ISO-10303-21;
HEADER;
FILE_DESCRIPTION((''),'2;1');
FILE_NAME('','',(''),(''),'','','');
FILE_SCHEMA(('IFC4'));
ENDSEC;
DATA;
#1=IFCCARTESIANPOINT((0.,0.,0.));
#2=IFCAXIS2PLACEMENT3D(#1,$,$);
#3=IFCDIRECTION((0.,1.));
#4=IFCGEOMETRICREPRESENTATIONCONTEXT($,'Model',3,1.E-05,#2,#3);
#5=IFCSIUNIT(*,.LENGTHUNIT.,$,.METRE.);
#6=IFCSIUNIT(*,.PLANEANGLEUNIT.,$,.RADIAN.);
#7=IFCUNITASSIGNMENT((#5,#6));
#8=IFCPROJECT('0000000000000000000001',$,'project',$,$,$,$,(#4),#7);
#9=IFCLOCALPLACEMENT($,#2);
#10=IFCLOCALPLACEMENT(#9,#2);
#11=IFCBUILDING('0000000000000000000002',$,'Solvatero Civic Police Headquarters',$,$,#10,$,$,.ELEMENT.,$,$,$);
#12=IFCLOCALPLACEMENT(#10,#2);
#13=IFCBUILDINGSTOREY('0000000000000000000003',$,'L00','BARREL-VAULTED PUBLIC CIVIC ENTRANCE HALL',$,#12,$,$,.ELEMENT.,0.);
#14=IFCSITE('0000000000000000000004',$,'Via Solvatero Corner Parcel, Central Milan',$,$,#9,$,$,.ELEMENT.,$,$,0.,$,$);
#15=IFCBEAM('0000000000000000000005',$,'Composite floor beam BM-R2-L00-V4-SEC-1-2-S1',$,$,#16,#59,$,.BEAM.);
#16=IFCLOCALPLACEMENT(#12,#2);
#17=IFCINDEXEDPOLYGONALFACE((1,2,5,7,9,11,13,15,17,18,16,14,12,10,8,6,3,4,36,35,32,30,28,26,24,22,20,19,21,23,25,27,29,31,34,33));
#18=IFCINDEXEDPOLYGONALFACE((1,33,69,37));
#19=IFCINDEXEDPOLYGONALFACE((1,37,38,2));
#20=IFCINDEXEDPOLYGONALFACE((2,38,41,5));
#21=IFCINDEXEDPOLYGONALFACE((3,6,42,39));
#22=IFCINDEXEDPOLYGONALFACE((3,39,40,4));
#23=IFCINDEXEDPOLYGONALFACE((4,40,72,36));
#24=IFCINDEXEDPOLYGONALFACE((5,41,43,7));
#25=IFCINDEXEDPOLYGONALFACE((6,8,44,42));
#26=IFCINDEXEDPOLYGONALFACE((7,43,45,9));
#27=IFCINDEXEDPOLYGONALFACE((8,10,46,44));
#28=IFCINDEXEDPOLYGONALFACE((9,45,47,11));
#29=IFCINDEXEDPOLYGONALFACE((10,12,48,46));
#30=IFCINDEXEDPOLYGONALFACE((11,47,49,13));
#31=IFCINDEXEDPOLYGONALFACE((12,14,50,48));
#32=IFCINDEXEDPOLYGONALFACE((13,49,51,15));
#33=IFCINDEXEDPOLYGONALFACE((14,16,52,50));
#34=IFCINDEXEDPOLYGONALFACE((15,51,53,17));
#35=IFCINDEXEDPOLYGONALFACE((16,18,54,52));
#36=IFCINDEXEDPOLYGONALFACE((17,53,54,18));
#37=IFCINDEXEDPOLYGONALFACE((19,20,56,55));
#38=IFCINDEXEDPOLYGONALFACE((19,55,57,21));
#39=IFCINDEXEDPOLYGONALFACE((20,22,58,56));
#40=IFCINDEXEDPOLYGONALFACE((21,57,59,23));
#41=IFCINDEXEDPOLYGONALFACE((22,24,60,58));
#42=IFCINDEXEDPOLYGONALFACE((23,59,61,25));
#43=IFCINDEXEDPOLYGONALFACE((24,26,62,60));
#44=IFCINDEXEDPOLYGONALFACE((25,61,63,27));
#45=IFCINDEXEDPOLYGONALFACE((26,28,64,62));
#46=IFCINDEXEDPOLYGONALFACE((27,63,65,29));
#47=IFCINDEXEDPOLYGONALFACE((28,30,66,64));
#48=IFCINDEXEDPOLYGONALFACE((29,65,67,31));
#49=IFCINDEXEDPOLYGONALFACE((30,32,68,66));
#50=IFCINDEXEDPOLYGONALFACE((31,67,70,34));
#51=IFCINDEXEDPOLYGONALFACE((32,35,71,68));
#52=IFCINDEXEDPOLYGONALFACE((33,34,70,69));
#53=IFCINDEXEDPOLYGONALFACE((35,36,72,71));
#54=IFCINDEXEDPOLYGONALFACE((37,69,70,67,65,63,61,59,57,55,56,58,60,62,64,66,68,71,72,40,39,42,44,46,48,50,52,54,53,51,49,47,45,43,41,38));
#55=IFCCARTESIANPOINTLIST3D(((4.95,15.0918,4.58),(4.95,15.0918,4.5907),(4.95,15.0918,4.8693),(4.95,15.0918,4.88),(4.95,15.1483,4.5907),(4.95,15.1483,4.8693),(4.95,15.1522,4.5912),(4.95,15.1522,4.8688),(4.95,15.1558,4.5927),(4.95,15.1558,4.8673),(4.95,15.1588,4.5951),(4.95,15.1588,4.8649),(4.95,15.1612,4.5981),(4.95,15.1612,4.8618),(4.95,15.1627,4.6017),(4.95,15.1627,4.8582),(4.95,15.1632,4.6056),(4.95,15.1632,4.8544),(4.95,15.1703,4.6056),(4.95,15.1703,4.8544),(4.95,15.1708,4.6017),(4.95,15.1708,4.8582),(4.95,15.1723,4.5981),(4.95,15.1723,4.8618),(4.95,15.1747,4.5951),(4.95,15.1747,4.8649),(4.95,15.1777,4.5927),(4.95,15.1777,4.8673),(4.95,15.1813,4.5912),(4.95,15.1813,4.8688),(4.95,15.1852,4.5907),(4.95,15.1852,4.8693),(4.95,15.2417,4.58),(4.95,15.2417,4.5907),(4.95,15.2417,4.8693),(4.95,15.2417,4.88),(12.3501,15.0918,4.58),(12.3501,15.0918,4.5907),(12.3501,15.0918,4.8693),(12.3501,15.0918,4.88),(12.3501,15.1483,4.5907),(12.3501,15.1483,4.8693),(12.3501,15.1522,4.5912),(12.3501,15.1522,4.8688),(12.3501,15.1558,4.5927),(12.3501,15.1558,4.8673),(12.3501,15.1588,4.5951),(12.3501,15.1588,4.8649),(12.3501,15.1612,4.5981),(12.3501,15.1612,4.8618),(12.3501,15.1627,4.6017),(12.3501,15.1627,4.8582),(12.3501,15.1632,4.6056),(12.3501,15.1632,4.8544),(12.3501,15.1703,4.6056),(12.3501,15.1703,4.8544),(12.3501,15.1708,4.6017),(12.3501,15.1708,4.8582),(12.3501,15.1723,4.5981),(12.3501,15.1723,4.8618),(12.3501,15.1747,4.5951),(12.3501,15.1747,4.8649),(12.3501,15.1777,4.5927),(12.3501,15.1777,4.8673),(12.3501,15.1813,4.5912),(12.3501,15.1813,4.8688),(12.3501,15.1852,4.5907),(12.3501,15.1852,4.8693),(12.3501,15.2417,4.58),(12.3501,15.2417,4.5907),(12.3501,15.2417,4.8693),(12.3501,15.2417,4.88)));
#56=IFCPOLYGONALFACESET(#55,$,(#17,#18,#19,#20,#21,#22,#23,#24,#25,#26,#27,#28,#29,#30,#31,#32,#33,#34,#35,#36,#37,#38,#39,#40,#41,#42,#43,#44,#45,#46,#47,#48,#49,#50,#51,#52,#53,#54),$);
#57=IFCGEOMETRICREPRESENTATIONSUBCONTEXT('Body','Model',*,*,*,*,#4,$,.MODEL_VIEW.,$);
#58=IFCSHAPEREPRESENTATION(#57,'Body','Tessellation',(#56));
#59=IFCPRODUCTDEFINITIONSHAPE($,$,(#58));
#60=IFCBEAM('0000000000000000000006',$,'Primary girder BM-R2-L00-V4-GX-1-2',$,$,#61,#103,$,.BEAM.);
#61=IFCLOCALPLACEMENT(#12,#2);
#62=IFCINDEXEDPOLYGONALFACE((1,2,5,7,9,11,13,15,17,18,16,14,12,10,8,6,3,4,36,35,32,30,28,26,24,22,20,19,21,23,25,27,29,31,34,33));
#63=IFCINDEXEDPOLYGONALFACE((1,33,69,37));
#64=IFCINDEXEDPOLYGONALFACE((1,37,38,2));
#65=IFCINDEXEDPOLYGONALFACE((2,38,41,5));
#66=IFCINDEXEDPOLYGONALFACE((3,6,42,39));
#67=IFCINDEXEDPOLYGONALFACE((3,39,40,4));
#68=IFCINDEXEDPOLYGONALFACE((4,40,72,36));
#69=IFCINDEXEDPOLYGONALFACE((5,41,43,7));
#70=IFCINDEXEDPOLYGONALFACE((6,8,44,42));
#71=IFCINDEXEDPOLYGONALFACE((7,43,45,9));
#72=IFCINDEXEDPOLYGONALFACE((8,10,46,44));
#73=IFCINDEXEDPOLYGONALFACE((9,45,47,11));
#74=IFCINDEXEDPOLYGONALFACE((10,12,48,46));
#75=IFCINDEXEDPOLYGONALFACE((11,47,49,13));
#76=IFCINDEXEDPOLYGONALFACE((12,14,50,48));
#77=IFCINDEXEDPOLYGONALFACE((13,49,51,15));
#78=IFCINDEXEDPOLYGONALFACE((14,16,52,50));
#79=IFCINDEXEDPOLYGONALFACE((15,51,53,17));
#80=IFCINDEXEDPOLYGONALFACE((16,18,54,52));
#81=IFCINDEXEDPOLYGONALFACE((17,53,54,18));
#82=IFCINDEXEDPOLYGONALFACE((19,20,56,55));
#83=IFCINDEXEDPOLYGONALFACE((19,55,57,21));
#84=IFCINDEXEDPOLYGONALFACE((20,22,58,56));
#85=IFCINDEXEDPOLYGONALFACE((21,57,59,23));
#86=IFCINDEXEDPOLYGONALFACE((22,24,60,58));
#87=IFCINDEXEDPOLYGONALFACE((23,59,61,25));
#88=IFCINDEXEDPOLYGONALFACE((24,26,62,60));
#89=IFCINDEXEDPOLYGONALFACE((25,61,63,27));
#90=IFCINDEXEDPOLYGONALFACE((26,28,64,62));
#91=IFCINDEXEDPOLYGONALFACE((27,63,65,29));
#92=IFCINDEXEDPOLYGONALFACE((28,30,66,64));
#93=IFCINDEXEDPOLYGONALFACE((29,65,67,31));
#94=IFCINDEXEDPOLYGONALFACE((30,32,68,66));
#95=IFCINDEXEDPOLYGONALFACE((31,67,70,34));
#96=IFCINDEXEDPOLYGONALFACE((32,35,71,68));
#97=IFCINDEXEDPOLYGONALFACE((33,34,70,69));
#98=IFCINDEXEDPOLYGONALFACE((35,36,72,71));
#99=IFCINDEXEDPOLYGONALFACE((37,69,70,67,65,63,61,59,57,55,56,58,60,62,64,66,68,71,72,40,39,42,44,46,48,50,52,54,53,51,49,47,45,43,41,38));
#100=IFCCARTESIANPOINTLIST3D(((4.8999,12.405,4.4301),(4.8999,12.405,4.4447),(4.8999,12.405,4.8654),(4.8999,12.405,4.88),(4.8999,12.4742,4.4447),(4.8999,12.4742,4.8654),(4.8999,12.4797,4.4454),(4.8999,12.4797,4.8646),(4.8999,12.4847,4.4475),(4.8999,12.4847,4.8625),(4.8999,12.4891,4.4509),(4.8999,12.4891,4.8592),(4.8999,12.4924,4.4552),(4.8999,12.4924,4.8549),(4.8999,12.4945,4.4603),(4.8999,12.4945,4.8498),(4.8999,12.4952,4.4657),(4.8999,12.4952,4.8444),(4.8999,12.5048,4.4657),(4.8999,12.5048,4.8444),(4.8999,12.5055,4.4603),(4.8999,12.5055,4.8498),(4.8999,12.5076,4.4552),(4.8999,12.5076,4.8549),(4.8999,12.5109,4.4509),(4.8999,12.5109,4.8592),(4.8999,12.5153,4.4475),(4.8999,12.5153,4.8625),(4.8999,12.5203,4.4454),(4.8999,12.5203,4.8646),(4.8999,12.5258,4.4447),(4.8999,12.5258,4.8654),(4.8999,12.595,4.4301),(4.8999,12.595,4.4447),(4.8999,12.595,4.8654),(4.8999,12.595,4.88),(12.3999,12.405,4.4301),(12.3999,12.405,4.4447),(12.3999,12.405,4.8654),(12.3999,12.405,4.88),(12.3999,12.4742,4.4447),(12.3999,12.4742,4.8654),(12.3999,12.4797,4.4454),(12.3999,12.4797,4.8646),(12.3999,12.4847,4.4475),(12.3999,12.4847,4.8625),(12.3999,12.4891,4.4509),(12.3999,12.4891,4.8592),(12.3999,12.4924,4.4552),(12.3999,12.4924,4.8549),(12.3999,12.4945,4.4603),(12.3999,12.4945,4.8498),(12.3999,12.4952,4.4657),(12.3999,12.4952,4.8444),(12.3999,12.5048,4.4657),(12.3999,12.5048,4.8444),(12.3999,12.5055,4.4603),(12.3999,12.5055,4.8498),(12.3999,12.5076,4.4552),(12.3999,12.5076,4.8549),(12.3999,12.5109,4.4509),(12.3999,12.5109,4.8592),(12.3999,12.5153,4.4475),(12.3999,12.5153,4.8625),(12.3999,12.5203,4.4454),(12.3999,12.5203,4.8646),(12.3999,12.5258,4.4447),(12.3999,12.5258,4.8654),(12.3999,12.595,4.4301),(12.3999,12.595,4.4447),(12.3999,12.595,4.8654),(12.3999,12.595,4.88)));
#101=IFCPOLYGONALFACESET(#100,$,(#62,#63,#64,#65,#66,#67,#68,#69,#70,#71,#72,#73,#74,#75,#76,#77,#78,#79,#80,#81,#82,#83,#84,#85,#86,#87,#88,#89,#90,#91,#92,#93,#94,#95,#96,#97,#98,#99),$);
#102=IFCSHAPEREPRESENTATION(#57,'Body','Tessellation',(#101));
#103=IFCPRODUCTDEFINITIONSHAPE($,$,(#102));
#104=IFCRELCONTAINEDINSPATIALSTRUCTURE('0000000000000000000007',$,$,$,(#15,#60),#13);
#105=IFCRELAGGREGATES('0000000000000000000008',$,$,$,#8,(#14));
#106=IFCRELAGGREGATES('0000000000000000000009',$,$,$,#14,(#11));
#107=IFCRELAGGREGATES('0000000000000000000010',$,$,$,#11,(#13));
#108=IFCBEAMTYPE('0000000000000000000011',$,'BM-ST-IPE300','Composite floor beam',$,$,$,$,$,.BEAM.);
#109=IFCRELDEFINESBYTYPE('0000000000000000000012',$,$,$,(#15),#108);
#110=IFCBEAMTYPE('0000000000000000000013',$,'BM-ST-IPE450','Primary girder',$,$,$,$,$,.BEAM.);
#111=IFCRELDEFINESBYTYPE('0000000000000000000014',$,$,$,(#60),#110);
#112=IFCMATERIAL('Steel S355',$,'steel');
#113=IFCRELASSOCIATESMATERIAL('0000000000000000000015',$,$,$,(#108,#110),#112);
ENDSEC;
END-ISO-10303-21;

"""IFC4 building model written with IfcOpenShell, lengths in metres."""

from ifc_helpers import new_model, si_unit, direction, frame, origin, origin_2d, place, context, subcontext, project, spatial, i_section, extrude, material, material_profile, profile_set, type_object, element, save


model = new_model("IFC4")

# Units and contexts
model_context = context("Model", 3, precision=1e-05, world=origin(), true_north=direction((0.0, 1.0)))
body_context = subcontext(model_context, "Body", "Model", "MODEL_VIEW")
ifc_project = project(units=[si_unit("LENGTHUNIT", "METRE"), si_unit("PLANEANGLEUNIT", "RADIAN")], contexts=[model_context])

# Site, building, storey
site_placement = place(None, origin())
site = spatial("IfcSite", under=ifc_project, at=site_placement, Name="Via Solvatero Corner Parcel, Central Milan", CompositionType="ELEMENT", RefElevation=0.0)
building_placement = place(site_placement, origin())
building = spatial("IfcBuilding", under=site, at=building_placement, Name="Solvatero Civic Police Headquarters", CompositionType="ELEMENT")
storey_placement = place(building_placement, origin())
storey = spatial("IfcBuildingStorey", under=building, at=storey_placement, Name="L00", Description="BARREL-VAULTED PUBLIC CIVIC ENTRANCE HALL", CompositionType="ELEMENT", Elevation=0.0)

# Beams
ifc_material_1 = material(Name="Steel S355", Category="steel")
ifc_material_profile_1 = material_profile(ifc_material_1, i_section(OverallWidth=0.1499, OverallDepth=0.3, WebThickness=0.0071, FlangeThickness=0.0107, FilletRadius=0.0149, at=origin_2d()), Name="IPE 300")
ifc_profile_set_1 = profile_set([ifc_material_profile_1], Name="Steel S355")
beam_type_1 = type_object("IfcBeamType", Name="BM-ST-IPE300", Description="Composite floor beam", PredefinedType="BEAM", material=ifc_profile_set_1)
for number, where, z_axis, x_axis, name in (
    (1, (4.95, 15.1667, 4.73), (1.0, 0.0, 0.0), (0.0, 1.0, 0.0), "Composite floor beam BM-R2-L00-V4-SEC-1-2-S1"),
):
    element("IfcBeam", number, at=place(storey_placement, frame(where, z_axis=z_axis, x_axis=x_axis)), inside=storey, type_object=beam_type_1, Name=name, PredefinedType="BEAM", context=body_context, shape_type="SweptSolid", body=[
        extrude(i_section(OverallWidth=0.1499, OverallDepth=0.3, WebThickness=0.0071, FlangeThickness=0.0107, FilletRadius=0.0149, at=origin_2d()), origin(), (0.0, 0.0, 1.0), 7.4001),
    ])
ifc_material_profile_2 = material_profile(ifc_material_1, i_section(OverallWidth=0.1899, OverallDepth=0.45, WebThickness=0.0095, FlangeThickness=0.0146, FilletRadius=0.021, at=origin_2d()), Name="IPE 450")
ifc_profile_set_2 = profile_set([ifc_material_profile_2], Name="Steel S355")
beam_type_2 = type_object("IfcBeamType", Name="BM-ST-IPE450", Description="Primary girder", PredefinedType="BEAM", material=ifc_profile_set_2)
beam_1_placement = place(storey_placement, frame((4.8999, 12.5, 4.655), z_axis=(1.0, 0.0, 0.0), x_axis=(0.0, 1.0, 0.0)))
element("IfcBeam", 2, at=beam_1_placement, inside=storey, type_object=beam_type_2, Name="Primary girder BM-R2-L00-V4-GX-1-2", PredefinedType="BEAM", context=body_context, shape_type="SweptSolid", body=[
    extrude(i_section(OverallWidth=0.1899, OverallDepth=0.45, WebThickness=0.0095, FlangeThickness=0.0146, FilletRadius=0.021, at=origin_2d()), origin(), (0.0, 0.0, 1.0), 7.5),
])

save(model, "model.ifc")
